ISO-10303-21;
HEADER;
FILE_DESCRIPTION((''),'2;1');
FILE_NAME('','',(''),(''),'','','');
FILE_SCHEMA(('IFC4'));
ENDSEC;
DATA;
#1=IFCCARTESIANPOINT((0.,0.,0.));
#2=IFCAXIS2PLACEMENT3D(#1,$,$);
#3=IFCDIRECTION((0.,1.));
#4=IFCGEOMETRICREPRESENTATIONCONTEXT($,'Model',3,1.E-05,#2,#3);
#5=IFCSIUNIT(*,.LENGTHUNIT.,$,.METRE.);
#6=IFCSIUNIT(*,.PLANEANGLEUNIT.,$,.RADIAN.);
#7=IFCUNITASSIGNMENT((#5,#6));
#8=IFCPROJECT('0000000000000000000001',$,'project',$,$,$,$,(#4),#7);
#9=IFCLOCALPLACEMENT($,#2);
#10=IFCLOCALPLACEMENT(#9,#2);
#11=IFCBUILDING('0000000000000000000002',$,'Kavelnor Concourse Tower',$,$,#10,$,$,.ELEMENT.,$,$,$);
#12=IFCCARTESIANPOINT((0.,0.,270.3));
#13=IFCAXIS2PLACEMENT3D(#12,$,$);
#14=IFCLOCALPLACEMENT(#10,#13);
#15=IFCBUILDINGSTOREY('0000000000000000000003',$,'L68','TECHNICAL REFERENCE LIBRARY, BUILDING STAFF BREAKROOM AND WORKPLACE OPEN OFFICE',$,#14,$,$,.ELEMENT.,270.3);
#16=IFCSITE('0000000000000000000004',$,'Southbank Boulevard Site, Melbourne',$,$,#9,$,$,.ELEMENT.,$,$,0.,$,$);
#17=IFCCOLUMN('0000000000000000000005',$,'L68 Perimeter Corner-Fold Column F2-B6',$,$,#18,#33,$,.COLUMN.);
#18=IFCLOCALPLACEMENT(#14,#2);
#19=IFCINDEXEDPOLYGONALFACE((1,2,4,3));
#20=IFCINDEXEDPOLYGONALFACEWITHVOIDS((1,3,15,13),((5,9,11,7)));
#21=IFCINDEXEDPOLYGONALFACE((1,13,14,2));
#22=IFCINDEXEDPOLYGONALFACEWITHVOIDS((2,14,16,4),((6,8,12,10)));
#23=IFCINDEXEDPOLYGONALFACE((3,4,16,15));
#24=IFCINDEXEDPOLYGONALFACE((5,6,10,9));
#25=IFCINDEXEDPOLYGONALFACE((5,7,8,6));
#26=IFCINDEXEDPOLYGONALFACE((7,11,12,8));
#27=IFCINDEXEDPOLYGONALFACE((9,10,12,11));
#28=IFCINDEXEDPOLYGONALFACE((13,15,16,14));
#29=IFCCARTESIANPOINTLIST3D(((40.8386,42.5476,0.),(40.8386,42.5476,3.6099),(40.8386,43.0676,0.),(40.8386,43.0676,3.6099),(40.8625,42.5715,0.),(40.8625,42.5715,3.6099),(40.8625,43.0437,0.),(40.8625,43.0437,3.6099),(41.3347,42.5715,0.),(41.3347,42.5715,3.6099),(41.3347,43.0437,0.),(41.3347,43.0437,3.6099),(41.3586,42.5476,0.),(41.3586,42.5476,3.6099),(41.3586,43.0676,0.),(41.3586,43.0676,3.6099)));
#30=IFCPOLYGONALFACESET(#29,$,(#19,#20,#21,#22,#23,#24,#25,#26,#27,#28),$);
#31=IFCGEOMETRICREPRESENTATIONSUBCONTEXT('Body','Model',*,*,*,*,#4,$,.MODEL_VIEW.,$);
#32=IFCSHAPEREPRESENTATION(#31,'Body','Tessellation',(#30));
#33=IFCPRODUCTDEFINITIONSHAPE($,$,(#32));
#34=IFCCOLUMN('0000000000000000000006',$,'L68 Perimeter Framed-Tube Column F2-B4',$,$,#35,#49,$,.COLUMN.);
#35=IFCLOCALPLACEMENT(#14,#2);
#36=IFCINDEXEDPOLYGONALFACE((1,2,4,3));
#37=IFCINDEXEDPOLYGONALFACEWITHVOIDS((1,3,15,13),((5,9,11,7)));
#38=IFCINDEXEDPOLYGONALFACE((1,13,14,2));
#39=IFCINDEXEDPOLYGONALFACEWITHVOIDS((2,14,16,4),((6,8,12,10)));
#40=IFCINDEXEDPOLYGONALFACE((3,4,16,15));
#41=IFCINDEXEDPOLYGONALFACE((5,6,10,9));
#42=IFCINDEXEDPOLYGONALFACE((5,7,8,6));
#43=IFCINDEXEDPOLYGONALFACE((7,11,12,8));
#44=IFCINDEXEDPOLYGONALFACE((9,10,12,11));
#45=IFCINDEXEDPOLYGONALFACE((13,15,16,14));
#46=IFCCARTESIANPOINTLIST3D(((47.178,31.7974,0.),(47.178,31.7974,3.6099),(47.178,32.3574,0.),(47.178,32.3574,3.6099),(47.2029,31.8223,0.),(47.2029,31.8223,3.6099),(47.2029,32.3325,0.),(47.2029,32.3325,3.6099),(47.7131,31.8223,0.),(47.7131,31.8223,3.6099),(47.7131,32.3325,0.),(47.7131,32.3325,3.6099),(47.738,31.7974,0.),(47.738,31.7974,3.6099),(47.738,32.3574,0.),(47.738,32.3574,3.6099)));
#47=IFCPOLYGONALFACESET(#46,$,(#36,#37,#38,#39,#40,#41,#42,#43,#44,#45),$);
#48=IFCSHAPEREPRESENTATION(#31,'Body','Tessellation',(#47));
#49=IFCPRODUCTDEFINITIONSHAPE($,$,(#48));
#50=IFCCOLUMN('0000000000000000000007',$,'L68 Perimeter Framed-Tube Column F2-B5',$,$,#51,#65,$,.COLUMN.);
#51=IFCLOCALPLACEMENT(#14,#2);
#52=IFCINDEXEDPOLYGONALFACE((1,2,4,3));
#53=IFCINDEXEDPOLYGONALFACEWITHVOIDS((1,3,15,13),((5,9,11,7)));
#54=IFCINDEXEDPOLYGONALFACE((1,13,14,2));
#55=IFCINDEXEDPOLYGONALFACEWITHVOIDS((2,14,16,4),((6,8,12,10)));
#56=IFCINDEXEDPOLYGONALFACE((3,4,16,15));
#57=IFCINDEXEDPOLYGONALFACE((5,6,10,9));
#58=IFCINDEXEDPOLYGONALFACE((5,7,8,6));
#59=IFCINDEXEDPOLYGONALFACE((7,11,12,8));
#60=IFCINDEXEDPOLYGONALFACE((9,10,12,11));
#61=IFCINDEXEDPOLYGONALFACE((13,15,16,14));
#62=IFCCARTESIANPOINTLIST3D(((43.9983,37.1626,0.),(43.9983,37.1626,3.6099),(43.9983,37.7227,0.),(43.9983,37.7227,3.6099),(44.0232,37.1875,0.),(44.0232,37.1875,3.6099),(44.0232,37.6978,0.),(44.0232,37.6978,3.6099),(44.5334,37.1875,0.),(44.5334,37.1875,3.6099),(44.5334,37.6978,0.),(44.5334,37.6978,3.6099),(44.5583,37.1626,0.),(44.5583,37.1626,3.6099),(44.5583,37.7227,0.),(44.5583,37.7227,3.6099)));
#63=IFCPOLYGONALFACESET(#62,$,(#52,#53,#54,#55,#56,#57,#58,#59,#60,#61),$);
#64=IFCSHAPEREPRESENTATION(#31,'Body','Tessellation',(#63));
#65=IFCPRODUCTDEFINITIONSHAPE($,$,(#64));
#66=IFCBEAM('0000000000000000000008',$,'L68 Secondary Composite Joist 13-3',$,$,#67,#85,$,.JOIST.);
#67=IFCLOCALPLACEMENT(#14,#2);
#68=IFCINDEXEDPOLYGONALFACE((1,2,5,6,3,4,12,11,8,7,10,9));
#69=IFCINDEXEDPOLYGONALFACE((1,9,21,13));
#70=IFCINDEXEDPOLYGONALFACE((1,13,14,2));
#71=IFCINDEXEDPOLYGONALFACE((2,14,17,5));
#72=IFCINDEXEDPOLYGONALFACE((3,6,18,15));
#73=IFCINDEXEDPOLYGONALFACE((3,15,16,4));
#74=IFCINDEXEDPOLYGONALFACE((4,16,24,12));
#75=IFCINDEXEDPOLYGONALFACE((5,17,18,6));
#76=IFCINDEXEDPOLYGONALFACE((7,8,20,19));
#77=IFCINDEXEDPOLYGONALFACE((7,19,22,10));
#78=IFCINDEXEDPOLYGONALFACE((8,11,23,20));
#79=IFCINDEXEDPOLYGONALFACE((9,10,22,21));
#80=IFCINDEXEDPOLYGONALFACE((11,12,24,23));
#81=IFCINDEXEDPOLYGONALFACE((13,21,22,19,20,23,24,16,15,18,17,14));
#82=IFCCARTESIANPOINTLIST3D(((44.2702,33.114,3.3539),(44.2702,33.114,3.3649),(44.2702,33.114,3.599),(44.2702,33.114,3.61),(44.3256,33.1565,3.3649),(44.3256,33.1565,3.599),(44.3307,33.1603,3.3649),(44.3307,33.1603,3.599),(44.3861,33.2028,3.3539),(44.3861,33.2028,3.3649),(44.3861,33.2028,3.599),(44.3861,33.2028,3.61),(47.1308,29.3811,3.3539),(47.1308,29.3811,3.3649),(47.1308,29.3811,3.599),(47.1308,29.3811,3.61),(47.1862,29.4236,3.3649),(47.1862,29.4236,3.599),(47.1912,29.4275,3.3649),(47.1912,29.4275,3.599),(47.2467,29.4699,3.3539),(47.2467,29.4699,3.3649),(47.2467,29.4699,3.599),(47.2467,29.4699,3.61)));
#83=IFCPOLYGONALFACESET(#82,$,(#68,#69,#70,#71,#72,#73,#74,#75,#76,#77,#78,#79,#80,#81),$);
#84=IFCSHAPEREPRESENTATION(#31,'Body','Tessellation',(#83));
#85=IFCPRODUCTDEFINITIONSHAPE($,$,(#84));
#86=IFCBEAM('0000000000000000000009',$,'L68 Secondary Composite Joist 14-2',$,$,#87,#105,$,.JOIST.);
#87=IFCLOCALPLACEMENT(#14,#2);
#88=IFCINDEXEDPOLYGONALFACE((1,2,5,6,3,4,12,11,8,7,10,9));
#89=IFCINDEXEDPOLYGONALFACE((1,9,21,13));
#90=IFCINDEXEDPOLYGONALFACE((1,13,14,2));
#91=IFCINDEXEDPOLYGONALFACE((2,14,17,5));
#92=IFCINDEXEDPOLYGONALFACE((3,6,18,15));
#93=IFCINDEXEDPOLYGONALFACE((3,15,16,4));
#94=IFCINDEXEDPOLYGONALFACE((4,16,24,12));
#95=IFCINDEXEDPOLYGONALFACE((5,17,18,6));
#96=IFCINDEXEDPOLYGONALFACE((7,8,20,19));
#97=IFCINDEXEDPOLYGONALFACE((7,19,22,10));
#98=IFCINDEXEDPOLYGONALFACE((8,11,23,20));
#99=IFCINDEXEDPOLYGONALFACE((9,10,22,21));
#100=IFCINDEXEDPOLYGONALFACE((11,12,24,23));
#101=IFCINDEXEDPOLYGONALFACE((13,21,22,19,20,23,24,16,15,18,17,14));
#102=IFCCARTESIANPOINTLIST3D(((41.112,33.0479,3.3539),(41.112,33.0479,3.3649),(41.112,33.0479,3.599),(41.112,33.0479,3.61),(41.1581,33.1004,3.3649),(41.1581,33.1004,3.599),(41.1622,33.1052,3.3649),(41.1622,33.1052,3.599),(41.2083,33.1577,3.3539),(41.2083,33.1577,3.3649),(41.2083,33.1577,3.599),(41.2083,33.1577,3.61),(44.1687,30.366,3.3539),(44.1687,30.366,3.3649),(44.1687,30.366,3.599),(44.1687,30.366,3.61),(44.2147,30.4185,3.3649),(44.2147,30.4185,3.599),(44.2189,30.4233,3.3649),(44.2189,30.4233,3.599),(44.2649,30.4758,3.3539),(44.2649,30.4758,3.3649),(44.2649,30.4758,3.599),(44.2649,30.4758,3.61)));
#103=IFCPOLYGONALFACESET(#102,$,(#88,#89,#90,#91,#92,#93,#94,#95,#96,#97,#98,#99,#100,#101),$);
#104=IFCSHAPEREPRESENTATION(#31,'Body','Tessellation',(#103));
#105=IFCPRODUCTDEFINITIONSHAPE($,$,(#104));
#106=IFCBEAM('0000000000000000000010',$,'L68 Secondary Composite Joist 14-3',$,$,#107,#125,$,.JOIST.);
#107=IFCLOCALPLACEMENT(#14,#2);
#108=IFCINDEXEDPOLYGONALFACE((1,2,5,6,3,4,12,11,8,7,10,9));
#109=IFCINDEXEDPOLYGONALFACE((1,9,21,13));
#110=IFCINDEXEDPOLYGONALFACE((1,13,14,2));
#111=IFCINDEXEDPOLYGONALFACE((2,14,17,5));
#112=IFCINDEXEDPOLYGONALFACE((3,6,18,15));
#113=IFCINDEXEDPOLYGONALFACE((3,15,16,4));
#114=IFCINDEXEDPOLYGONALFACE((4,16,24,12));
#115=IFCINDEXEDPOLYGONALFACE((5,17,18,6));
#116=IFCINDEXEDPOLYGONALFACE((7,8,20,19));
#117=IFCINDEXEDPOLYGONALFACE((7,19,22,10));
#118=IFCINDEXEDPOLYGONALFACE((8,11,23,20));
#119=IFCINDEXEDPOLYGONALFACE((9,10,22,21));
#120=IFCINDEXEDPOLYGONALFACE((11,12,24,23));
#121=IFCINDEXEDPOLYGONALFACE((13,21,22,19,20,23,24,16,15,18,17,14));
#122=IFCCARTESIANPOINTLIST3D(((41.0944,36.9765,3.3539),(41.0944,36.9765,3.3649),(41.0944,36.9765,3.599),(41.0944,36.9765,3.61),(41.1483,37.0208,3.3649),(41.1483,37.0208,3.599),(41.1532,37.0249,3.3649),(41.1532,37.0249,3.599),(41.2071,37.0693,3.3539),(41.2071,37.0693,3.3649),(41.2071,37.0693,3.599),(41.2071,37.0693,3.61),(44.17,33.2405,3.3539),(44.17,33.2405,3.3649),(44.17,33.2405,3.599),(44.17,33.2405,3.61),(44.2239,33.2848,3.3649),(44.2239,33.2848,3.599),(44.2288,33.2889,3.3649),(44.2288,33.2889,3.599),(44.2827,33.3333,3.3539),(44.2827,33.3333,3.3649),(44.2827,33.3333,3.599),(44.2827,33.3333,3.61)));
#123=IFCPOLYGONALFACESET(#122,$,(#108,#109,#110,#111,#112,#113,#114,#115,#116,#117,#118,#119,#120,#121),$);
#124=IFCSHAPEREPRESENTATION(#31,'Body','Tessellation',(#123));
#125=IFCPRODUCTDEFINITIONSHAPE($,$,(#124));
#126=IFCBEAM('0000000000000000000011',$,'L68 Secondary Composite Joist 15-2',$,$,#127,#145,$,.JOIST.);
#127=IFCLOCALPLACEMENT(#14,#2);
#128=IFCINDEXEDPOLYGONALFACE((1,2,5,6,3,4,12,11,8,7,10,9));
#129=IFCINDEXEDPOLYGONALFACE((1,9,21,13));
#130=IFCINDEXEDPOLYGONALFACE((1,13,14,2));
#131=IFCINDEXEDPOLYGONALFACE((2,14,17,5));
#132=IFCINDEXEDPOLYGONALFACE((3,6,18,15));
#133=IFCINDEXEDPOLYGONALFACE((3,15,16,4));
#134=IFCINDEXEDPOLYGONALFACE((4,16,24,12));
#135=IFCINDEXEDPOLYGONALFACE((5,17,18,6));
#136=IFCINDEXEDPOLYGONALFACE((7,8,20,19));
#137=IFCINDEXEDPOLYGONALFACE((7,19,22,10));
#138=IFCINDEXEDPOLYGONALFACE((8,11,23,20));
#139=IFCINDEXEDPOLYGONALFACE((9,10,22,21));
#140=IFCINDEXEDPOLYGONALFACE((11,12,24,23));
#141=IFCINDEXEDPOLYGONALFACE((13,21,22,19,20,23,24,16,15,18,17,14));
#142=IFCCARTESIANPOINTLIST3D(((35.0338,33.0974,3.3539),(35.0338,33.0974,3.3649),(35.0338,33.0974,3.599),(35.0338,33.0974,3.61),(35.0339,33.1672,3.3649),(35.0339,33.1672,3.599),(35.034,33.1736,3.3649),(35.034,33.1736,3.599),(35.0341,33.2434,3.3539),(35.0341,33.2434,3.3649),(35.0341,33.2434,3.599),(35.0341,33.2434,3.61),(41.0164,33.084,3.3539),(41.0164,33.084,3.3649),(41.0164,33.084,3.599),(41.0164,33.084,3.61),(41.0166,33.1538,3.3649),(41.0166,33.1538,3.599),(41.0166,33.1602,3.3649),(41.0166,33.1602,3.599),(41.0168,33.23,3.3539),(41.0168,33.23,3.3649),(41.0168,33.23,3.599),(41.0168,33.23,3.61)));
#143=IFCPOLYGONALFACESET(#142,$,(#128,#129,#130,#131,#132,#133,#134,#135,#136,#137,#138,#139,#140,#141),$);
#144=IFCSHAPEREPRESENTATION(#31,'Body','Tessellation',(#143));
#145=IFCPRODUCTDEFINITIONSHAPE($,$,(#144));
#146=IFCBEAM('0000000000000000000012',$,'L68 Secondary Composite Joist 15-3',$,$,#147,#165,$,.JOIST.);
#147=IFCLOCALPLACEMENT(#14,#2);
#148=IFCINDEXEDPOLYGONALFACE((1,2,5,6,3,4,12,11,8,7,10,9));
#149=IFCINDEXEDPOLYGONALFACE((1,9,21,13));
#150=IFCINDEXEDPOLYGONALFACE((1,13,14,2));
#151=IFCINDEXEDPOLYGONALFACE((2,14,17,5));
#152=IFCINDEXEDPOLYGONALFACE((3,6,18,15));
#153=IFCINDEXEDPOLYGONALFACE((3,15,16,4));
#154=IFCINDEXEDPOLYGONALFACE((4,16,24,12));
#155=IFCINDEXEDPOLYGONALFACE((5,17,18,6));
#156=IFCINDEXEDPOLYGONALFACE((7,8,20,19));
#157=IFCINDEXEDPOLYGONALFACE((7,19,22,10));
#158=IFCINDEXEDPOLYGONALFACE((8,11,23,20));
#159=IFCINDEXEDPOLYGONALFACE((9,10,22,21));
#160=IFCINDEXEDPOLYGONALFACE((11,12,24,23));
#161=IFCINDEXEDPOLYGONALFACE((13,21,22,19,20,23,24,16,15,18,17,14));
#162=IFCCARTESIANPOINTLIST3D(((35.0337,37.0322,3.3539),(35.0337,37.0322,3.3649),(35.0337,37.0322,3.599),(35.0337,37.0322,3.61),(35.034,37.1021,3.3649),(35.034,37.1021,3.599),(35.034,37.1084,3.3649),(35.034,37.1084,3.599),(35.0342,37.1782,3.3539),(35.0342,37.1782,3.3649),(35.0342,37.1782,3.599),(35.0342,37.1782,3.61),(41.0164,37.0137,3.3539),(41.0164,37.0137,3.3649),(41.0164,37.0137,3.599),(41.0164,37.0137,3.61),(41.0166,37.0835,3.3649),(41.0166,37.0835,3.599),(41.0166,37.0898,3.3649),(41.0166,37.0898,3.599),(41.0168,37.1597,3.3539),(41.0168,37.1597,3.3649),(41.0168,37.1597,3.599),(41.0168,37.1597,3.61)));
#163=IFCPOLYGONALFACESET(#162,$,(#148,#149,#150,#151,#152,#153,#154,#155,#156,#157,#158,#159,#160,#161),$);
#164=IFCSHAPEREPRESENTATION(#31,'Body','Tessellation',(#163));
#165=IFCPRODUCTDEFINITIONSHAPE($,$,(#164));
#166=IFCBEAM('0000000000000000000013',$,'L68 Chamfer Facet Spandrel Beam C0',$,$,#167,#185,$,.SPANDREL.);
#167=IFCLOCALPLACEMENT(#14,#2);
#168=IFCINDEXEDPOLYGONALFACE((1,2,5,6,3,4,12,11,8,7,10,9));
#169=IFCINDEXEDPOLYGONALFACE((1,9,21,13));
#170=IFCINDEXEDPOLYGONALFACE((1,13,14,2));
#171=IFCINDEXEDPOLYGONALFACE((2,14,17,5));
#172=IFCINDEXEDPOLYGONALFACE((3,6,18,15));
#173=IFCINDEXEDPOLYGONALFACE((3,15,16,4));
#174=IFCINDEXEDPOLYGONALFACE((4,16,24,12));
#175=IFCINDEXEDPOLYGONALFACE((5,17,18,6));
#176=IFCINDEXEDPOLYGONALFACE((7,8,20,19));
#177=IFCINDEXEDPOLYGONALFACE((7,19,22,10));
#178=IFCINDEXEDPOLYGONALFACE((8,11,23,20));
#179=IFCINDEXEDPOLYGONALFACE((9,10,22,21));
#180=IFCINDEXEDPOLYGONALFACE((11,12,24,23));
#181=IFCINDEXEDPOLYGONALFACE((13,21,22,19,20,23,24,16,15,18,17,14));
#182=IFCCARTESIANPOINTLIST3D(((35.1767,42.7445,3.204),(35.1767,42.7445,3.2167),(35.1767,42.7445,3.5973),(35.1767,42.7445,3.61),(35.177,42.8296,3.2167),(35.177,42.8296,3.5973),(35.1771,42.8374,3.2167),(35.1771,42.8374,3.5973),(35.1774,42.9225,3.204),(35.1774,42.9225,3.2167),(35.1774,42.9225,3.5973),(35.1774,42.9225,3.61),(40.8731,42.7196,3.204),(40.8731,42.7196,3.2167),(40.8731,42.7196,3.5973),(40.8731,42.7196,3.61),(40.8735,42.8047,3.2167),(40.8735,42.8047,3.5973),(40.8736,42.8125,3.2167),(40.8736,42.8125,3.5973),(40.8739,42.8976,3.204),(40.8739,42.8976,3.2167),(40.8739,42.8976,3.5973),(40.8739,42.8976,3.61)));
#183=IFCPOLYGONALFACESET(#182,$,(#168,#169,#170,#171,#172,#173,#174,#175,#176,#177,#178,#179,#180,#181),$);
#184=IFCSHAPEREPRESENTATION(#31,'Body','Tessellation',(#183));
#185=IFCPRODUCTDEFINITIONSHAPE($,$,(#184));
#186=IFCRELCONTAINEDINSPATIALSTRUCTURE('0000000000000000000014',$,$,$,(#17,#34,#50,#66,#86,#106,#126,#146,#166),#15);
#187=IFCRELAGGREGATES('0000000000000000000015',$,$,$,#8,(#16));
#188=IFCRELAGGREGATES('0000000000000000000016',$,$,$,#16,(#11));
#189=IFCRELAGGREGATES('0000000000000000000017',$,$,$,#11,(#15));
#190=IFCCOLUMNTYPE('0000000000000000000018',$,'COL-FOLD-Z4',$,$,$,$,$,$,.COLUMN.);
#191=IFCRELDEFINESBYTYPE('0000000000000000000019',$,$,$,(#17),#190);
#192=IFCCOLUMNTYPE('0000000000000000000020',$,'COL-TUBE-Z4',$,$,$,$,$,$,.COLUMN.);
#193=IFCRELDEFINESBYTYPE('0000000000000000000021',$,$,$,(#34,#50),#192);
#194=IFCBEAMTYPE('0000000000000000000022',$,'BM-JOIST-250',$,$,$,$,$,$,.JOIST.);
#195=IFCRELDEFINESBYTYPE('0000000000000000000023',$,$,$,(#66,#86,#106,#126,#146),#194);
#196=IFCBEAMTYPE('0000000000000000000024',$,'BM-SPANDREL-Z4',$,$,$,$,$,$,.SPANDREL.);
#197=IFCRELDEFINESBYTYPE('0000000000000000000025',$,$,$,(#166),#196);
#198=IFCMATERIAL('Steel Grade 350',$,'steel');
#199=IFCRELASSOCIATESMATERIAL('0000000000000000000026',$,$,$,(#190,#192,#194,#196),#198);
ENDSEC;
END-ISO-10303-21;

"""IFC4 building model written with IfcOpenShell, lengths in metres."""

from ifc_helpers import new_model, si_unit, direction, frame, origin, origin_2d, place, context, subcontext, project, spatial, hollow_rectangle, i_section, extrude, material, material_profile, profile_set, type_object, element, save


model = new_model("IFC4")

# Units and contexts
model_context = context("Model", 3, precision=1e-05, world=origin(), true_north=direction((0.0, 1.0)))
body_context = subcontext(model_context, "Body", "Model", "MODEL_VIEW")
ifc_project = project(units=[si_unit("LENGTHUNIT", "METRE"), si_unit("PLANEANGLEUNIT", "RADIAN")], contexts=[model_context])

# Site, building, storey
site_placement = place(None, origin())
site = spatial("IfcSite", under=ifc_project, at=site_placement, Name="Southbank Boulevard Site, Melbourne", CompositionType="ELEMENT", RefElevation=0.0)
building_placement = place(site_placement, origin())
building = spatial("IfcBuilding", under=site, at=building_placement, Name="Kavelnor Concourse Tower", CompositionType="ELEMENT")
storey_placement = place(building_placement, frame((0.0, 0.0, 270.3)))
storey = spatial("IfcBuildingStorey", under=building, at=storey_placement, Name="L68", Description="TECHNICAL REFERENCE LIBRARY, BUILDING STAFF BREAKROOM AND WORKPLACE OPEN OFFICE", CompositionType="ELEMENT", Elevation=270.3)

# Columns
ifc_material_1 = material(Name="Steel Grade 350", Category="steel")
ifc_material_profile_1 = material_profile(ifc_material_1, hollow_rectangle(XDim=0.52, YDim=0.52, WallThickness=0.0239, at=origin_2d()), Name="SHS 520x520x24")
ifc_profile_set_1 = profile_set([ifc_material_profile_1], Name="Steel Grade 350")
column_type_1 = type_object("IfcColumnType", Name="COL-FOLD-Z4", PredefinedType="COLUMN", material=ifc_profile_set_1)
column_placement = place(storey_placement, frame((41.0986, 42.8076, 0.0), z_axis=(0.0, 0.0, 1.0), x_axis=(1.0, 0.0, 0.0)))
element("IfcColumn", 1, at=column_placement, inside=storey, type_object=column_type_1, Name="L68 Perimeter Corner-Fold Column F2-B6", PredefinedType="COLUMN", context=body_context, shape_type="SweptSolid", body=[
    extrude(hollow_rectangle(XDim=0.52, YDim=0.52, WallThickness=0.0239, at=origin_2d()), origin(), (0.0, 0.0, 1.0), 3.6099),
])
ifc_material_profile_2 = material_profile(ifc_material_1, hollow_rectangle(XDim=0.5601, YDim=0.5601, WallThickness=0.0249, at=origin_2d()), Name="SHS 560x560x25")
ifc_profile_set_2 = profile_set([ifc_material_profile_2], Name="Steel Grade 350")
column_type_2 = type_object("IfcColumnType", Name="COL-TUBE-Z4", PredefinedType="COLUMN", material=ifc_profile_set_2)
for number, where, z_axis, x_axis, name in (
    (2, (47.458, 32.0774, 0.0), (0.0, 0.0, 1.0), (1.0, 0.0, 0.0), "L68 Perimeter Framed-Tube Column F2-B4"),
    (3, (44.2783, 37.4426, 0.0), (0.0, 0.0, 1.0), (1.0, 0.0, 0.0), "L68 Perimeter Framed-Tube Column F2-B5"),
):
    element("IfcColumn", number, at=place(storey_placement, frame(where, z_axis=z_axis, x_axis=x_axis)), inside=storey, type_object=column_type_2, Name=name, PredefinedType="COLUMN", context=body_context, shape_type="SweptSolid", body=[
        extrude(hollow_rectangle(XDim=0.5601, YDim=0.5601, WallThickness=0.0249, at=origin_2d()), origin(), (0.0, 0.0, 1.0), 3.6099),
    ])

# Beams
ifc_material_profile_3 = material_profile(ifc_material_1, i_section(OverallWidth=0.146, OverallDepth=0.2561, WebThickness=0.0063, FlangeThickness=0.011, at=origin_2d()), Name="250UB37")
ifc_profile_set_3 = profile_set([ifc_material_profile_3], Name="Steel Grade 350")
beam_type_1 = type_object("IfcBeamType", Name="BM-JOIST-250", PredefinedType="JOIST", material=ifc_profile_set_3)
beam_1_placement = place(storey_placement, frame((47.1887, 29.4255, 3.4819), z_axis=(-0.608257, 0.79374, 0.0), x_axis=(-0.79374, -0.608257, 0.0)))
element("IfcBeam", 4, at=beam_1_placement, inside=storey, type_object=beam_type_1, Name="L68 Secondary Composite Joist 13-3", PredefinedType="JOIST", context=body_context, shape_type="SweptSolid", body=[
    extrude(i_section(OverallWidth=0.146, OverallDepth=0.2561, WebThickness=0.0063, FlangeThickness=0.011, at=origin_2d()), origin(), (0.0, 0.0, 1.0), 4.7029),
])
beam_2_placement = place(storey_placement, frame((44.2168, 30.4209, 3.4819), z_axis=(-0.751683, 0.659524, 0.0), x_axis=(-0.659524, -0.751683, 0.0)))
element("IfcBeam", 5, at=beam_2_placement, inside=storey, type_object=beam_type_1, Name="L68 Secondary Composite Joist 14-2", PredefinedType="JOIST", context=body_context, shape_type="SweptSolid", body=[
    extrude(i_section(OverallWidth=0.146, OverallDepth=0.2561, WebThickness=0.0063, FlangeThickness=0.011, at=origin_2d()), origin(), (0.0, 0.0, 1.0), 4.0664),
])
beam_3_placement = place(storey_placement, frame((44.2263, 33.2869, 3.4819), z_axis=(-0.635573, 0.772041, 0.0), x_axis=(-0.772041, -0.635573, 0.0)))
element("IfcBeam", 6, at=beam_3_placement, inside=storey, type_object=beam_type_1, Name="L68 Secondary Composite Joist 14-3", PredefinedType="JOIST", context=body_context, shape_type="SweptSolid", body=[
    extrude(i_section(OverallWidth=0.146, OverallDepth=0.2561, WebThickness=0.0063, FlangeThickness=0.011, at=origin_2d()), origin(), (0.0, 0.0, 1.0), 4.8391),
])
for number, where, z_axis, x_axis, name in (
    (7, (41.0166, 33.157, 3.4819), (-0.999997, 0.002244, 0.0), (-0.002244, -0.999997, 0.0), "L68 Secondary Composite Joist 15-2"),
    (8, (41.0166, 37.0867, 3.4819), (-0.999995, 0.003101, 0.0), (-0.003101, -0.999995, 0.0), "L68 Secondary Composite Joist 15-3"),
):
    element("IfcBeam", number, at=place(storey_placement, frame(where, z_axis=z_axis, x_axis=x_axis)), inside=storey, type_object=beam_type_1, Name=name, PredefinedType="JOIST", context=body_context, shape_type="SweptSolid", body=[
        extrude(i_section(OverallWidth=0.146, OverallDepth=0.2561, WebThickness=0.0063, FlangeThickness=0.011, at=origin_2d()), origin(), (0.0, 0.0, 1.0), 5.9827),
    ])
ifc_material_profile_4 = material_profile(ifc_material_1, i_section(OverallWidth=0.178, OverallDepth=0.406, WebThickness=0.0078, FlangeThickness=0.0127, at=origin_2d()), Name="410UB59")
ifc_profile_set_4 = profile_set([ifc_material_profile_4], Name="Steel Grade 350")
beam_type_2 = type_object("IfcBeamType", Name="BM-SPANDREL-Z4", PredefinedType="SPANDREL", material=ifc_profile_set_4)
beam_4_placement = place(storey_placement, frame((40.8735, 42.8086, 3.407), z_axis=(-0.99999, 0.004371, 0.0), x_axis=(-0.004371, -0.99999, 0.0)))
element("IfcBeam", 9, at=beam_4_placement, inside=storey, type_object=beam_type_2, Name="L68 Chamfer Facet Spandrel Beam C0", PredefinedType="SPANDREL", context=body_context, shape_type="SweptSolid", body=[
    extrude(i_section(OverallWidth=0.178, OverallDepth=0.406, WebThickness=0.0078, FlangeThickness=0.0127, at=origin_2d()), origin(), (0.0, 0.0, 1.0), 5.6965),
])

save(model, "model.ifc")
